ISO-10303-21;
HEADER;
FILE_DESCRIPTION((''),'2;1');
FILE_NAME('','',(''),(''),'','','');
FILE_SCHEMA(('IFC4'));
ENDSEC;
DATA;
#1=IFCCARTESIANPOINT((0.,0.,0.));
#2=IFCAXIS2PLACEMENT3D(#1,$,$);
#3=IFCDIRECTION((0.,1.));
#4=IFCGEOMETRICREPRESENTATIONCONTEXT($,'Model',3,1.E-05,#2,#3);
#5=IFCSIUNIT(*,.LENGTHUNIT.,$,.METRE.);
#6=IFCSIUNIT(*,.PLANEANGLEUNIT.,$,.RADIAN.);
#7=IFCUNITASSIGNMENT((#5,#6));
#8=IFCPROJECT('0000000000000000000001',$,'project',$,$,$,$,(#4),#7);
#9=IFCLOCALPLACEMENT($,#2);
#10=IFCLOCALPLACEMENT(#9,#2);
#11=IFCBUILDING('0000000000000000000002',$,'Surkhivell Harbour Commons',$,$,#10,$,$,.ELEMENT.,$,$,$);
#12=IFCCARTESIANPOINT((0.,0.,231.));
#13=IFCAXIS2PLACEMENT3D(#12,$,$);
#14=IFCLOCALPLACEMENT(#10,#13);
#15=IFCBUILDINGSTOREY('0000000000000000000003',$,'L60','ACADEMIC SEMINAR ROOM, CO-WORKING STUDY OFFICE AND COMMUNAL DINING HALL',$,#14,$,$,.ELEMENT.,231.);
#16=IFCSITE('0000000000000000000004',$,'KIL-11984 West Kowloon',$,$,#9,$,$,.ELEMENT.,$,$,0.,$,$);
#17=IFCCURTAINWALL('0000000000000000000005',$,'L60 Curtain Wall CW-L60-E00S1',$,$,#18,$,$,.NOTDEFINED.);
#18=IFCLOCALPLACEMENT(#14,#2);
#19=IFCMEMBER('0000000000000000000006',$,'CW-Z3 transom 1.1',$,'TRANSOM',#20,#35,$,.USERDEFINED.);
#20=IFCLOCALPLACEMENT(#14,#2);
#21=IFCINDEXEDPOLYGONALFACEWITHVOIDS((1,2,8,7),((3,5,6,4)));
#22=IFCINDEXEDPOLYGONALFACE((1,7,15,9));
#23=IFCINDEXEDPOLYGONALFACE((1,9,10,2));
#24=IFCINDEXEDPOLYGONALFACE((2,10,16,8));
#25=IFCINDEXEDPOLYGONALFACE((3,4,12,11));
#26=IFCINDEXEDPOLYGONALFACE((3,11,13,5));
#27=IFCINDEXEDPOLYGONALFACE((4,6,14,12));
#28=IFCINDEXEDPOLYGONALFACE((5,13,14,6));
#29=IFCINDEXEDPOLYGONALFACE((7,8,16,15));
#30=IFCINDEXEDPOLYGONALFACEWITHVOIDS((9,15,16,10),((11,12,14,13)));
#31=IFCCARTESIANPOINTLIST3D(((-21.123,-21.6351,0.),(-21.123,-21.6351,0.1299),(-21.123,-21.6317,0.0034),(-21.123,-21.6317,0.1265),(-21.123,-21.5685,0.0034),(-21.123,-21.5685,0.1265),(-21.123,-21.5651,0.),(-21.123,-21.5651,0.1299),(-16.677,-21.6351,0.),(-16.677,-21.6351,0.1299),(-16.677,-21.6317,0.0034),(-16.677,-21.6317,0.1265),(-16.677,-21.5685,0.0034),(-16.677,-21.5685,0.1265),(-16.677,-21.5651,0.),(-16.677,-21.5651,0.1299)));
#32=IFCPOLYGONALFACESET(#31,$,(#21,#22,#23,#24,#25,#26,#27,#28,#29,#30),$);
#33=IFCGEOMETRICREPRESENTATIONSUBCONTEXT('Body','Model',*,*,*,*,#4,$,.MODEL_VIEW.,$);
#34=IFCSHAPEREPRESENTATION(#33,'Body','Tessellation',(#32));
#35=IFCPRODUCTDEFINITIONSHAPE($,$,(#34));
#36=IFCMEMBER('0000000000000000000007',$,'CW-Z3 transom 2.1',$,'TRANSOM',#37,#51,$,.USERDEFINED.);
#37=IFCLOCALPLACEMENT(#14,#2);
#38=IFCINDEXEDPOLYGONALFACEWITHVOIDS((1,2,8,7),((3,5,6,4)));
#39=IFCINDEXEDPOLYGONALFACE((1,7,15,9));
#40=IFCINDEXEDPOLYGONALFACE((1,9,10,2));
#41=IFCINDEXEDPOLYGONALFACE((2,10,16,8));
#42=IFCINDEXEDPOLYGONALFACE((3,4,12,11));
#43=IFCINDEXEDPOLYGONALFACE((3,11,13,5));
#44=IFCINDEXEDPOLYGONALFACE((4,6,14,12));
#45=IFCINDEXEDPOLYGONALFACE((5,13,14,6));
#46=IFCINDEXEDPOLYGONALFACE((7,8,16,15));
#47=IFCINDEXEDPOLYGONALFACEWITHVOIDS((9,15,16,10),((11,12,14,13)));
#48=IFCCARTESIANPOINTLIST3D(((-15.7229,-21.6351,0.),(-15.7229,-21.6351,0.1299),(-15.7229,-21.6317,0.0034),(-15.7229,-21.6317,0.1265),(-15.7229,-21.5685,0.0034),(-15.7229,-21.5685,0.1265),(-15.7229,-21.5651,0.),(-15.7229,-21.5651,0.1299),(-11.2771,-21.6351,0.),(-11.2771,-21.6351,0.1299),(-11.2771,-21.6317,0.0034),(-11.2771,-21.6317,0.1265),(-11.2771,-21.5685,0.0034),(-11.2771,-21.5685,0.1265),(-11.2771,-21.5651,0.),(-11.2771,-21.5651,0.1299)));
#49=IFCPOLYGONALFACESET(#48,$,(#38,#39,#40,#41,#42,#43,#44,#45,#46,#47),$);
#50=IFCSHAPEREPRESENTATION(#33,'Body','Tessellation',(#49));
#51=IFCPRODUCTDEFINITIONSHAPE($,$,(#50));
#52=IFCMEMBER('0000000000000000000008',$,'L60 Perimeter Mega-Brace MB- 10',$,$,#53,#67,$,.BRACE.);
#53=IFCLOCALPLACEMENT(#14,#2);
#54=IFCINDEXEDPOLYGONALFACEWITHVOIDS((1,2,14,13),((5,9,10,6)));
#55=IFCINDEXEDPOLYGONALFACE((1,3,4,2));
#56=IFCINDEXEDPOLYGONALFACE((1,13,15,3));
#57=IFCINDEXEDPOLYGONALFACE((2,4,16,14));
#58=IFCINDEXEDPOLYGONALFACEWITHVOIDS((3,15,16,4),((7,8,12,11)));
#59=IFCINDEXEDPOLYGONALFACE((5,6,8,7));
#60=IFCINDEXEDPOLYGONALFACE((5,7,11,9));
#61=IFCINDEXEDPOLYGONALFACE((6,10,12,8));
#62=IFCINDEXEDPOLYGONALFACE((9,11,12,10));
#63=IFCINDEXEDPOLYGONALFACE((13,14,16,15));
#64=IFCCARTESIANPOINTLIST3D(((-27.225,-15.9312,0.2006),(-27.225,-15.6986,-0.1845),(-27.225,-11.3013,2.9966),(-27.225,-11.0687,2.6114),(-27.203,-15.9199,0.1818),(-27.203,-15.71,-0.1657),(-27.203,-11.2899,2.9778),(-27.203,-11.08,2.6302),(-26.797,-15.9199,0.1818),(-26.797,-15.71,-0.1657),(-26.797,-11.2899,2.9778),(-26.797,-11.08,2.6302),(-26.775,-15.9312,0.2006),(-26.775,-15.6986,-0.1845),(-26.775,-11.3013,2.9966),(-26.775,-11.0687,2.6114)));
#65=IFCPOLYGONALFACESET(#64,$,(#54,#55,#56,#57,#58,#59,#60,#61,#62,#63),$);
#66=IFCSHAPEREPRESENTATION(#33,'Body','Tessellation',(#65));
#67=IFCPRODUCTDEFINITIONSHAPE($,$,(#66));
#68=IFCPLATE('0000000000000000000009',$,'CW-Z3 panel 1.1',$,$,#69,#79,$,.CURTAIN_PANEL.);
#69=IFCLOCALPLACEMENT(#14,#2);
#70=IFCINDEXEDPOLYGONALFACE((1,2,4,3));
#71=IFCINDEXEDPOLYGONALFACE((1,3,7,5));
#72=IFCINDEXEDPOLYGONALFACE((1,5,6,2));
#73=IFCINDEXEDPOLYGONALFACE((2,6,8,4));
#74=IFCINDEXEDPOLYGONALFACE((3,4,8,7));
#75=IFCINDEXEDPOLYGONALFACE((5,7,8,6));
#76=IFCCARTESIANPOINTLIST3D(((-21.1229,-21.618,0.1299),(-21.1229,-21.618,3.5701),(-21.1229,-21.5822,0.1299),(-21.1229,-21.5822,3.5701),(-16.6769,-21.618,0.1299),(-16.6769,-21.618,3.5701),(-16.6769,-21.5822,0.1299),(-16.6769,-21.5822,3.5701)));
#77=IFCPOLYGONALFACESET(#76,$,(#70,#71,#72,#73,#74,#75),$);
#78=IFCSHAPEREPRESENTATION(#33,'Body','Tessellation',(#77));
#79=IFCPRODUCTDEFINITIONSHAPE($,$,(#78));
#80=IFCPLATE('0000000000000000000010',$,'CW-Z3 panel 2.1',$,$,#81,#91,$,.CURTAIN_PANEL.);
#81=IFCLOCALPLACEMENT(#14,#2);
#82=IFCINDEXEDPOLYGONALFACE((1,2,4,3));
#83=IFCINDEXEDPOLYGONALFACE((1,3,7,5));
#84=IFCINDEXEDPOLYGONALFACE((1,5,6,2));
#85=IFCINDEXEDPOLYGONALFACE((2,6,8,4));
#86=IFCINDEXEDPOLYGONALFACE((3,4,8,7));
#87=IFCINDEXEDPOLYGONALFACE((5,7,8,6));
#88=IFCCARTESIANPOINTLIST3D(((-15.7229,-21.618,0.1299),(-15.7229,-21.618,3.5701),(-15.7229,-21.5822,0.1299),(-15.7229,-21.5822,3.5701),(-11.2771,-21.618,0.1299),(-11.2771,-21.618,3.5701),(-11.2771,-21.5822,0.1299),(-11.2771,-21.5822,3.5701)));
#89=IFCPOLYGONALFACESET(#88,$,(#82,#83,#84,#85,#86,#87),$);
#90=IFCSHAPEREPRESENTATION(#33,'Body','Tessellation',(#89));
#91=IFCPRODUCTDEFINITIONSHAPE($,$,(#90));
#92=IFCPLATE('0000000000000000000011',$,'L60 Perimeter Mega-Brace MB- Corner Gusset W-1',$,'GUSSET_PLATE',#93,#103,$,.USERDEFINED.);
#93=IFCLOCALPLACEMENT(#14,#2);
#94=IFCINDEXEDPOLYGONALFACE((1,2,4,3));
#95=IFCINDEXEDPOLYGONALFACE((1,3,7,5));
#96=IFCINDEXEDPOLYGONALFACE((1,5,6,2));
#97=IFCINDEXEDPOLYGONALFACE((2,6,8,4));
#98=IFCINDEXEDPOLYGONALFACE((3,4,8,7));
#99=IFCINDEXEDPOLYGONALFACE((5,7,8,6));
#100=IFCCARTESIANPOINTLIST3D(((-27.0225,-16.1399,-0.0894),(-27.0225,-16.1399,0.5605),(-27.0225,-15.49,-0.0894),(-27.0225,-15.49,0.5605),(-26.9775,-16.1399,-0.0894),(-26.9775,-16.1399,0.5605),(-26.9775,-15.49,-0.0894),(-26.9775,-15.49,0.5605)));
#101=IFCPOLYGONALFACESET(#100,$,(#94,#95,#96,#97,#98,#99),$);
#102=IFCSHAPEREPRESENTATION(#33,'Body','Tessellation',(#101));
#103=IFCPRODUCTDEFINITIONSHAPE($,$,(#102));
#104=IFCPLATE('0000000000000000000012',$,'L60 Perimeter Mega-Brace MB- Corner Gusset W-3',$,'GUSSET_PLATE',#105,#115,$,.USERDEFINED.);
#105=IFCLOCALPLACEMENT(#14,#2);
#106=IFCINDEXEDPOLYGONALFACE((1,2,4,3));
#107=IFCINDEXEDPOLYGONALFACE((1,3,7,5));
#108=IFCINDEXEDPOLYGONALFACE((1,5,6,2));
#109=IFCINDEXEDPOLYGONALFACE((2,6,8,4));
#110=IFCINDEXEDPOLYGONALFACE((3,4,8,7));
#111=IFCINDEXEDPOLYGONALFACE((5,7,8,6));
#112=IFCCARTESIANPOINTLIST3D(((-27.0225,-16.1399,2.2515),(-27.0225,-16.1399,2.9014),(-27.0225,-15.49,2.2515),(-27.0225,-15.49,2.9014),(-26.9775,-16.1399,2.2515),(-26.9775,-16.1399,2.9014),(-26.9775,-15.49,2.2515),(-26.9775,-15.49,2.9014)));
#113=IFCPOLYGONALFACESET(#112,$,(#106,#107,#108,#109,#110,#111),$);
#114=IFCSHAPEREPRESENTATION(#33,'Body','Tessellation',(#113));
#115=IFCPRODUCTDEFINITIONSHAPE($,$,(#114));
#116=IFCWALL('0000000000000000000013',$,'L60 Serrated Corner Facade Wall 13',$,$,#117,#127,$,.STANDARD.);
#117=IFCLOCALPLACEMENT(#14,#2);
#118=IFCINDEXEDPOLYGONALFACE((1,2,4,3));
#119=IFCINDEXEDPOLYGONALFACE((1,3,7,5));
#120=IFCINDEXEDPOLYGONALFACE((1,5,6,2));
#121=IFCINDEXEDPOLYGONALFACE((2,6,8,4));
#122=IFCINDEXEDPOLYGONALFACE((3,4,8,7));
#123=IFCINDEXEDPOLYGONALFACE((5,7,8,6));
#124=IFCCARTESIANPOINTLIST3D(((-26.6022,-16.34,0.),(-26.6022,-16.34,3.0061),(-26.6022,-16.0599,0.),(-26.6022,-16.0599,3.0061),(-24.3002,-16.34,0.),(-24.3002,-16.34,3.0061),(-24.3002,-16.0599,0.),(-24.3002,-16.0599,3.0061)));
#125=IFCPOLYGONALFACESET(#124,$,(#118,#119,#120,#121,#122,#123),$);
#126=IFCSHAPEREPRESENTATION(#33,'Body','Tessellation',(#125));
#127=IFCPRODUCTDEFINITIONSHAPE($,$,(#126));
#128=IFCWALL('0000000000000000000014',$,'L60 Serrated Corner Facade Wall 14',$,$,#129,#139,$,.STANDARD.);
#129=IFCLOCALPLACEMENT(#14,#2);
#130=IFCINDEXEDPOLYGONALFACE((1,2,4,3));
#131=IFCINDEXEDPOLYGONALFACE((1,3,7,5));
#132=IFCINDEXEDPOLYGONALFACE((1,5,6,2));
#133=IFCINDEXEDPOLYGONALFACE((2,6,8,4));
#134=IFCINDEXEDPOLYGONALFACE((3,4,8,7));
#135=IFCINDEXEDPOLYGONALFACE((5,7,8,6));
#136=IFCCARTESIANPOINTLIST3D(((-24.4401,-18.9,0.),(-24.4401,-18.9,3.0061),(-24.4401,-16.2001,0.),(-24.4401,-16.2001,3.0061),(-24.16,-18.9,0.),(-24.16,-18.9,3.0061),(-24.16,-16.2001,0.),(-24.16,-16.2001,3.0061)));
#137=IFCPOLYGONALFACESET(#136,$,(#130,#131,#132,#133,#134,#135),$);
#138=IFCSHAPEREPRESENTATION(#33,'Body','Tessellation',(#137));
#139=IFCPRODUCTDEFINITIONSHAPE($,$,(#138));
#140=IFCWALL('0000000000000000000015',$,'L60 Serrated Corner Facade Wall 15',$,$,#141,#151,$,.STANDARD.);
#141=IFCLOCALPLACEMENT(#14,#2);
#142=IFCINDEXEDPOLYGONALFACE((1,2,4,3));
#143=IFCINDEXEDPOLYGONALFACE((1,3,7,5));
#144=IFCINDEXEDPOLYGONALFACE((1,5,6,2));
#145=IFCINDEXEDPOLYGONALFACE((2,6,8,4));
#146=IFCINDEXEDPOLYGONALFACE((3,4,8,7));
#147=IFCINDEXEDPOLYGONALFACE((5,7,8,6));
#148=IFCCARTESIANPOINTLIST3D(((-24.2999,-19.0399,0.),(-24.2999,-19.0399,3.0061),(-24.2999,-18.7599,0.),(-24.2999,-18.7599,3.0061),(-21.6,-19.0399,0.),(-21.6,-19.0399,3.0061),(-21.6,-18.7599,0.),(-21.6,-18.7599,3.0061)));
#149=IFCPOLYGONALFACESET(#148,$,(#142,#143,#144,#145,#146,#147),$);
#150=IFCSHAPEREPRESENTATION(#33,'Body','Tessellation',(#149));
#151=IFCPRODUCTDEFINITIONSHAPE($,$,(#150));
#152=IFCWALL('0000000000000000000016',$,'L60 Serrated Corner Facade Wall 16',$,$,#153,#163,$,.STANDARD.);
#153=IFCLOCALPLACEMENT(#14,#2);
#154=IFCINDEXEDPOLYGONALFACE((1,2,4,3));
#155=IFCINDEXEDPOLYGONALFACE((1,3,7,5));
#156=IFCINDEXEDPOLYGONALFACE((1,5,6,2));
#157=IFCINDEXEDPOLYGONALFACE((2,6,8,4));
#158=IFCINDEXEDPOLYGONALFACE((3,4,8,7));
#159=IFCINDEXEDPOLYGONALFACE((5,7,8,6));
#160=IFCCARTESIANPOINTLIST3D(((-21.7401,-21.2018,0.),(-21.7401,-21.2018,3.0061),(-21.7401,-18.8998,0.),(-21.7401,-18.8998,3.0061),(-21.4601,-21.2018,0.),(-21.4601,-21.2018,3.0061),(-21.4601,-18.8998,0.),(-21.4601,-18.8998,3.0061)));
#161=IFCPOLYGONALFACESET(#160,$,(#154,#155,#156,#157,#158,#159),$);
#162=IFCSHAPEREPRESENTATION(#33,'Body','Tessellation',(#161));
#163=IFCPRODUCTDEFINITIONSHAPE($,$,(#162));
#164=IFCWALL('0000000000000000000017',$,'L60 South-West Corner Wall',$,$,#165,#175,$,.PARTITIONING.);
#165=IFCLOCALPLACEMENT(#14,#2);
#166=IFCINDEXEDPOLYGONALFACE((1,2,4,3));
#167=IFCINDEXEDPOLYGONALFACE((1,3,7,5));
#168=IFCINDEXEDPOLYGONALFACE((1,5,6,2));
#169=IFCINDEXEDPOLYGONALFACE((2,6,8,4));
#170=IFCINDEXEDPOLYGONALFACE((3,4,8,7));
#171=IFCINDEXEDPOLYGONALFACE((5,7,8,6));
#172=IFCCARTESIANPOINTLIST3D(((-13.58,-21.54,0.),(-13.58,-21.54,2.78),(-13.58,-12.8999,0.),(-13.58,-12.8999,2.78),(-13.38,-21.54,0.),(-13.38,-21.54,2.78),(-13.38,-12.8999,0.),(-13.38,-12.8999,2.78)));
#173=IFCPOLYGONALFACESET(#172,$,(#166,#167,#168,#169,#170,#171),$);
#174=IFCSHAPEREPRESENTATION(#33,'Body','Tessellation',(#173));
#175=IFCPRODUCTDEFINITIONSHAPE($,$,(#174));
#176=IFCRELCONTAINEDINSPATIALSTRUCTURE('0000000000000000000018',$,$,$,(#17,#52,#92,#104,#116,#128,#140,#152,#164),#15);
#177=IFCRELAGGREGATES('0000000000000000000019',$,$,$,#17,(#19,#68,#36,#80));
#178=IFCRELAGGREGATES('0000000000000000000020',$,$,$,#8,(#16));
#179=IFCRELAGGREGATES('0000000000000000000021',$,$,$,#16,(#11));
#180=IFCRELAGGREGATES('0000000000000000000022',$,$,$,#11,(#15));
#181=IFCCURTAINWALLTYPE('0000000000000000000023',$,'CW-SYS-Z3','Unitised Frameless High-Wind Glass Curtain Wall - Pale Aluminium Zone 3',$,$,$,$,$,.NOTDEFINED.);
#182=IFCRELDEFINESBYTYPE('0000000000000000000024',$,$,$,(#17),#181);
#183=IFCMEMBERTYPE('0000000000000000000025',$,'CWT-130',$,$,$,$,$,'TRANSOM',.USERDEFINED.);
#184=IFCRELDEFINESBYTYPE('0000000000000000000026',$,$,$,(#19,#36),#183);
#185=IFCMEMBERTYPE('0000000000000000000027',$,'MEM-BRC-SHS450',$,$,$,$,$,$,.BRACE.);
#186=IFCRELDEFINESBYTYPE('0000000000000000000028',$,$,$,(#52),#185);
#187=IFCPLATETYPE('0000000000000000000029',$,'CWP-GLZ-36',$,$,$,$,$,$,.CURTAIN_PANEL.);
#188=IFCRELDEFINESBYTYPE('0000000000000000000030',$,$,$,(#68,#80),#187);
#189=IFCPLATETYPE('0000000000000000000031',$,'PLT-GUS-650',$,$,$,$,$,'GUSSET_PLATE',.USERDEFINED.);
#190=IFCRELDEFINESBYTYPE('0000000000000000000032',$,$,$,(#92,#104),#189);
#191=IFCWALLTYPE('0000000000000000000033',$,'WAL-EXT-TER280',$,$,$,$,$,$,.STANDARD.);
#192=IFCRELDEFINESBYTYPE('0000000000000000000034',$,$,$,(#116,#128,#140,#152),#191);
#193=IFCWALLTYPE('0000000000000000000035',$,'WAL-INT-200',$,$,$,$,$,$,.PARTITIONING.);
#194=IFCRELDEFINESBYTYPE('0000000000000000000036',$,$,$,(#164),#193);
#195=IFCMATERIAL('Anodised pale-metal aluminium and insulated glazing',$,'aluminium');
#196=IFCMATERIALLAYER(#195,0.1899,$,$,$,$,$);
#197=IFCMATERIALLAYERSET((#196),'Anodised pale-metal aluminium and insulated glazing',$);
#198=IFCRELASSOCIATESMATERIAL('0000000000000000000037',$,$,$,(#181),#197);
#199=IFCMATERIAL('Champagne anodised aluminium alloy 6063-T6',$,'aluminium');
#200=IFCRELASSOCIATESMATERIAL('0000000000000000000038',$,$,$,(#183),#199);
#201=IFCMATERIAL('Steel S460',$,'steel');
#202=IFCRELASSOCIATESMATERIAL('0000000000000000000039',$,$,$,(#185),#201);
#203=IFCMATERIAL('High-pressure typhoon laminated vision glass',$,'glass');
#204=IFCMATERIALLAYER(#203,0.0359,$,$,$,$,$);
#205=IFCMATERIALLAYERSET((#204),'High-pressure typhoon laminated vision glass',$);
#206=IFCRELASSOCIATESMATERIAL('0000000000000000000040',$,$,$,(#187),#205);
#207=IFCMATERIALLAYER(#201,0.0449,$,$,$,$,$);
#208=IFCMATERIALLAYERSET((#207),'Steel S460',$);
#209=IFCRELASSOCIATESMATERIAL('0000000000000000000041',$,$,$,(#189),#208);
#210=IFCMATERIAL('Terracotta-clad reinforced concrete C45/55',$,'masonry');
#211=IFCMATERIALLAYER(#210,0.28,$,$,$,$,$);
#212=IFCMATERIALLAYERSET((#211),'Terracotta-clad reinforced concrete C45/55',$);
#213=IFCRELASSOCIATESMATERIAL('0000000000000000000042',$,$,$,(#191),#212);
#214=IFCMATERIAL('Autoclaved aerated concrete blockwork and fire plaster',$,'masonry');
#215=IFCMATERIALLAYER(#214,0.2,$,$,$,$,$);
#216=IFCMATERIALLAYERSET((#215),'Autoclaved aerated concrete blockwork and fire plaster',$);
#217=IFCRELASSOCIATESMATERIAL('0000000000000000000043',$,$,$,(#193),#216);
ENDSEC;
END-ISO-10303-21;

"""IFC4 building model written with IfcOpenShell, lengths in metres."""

from ifc_helpers import new_model, si_unit, direction, frame, frame_2d, origin, origin_2d, place, context, subcontext, project, spatial, rectangle, hollow_rectangle, extrude, material, layer, layer_set, material_profile, profile_set, type_object, element, aggregate, save


model = new_model("IFC4")

# Units and contexts
model_context = context("Model", 3, precision=1e-05, world=origin(), true_north=direction((0.0, 1.0)))
body_context = subcontext(model_context, "Body", "Model", "MODEL_VIEW")
ifc_project = project(units=[si_unit("LENGTHUNIT", "METRE"), si_unit("PLANEANGLEUNIT", "RADIAN")], contexts=[model_context])

# Site, building, storey
site_placement = place(None, origin())
site = spatial("IfcSite", under=ifc_project, at=site_placement, Name="KIL-11984 West Kowloon", CompositionType="ELEMENT", RefElevation=0.0)
building_placement = place(site_placement, origin())
building = spatial("IfcBuilding", under=site, at=building_placement, Name="Surkhivell Harbour Commons", CompositionType="ELEMENT")
storey_placement = place(building_placement, frame((0.0, 0.0, 231.0)))
storey = spatial("IfcBuildingStorey", under=building, at=storey_placement, Name="L60", Description="ACADEMIC SEMINAR ROOM, CO-WORKING STUDY OFFICE AND COMMUNAL DINING HALL", CompositionType="ELEMENT", Elevation=231.0)

# Curtain wall, members
ifc_material_1 = material(Name="Anodised pale-metal aluminium and insulated glazing", Category="aluminium")
ifc_layer_1 = layer(ifc_material_1, 0.1899)
ifc_layer_set_1 = layer_set([ifc_layer_1], Name="Anodised pale-metal aluminium and insulated glazing")
curtain_wall_type = type_object("IfcCurtainWallType", Name="CW-SYS-Z3", Description="Unitised Frameless High-Wind Glass Curtain Wall - Pale Aluminium Zone 3", PredefinedType="NOTDEFINED", material=ifc_layer_set_1)
curtain_wall_placement = place(storey_placement, origin())
curtain_wall = element("IfcCurtainWall", 1, at=curtain_wall_placement, inside=storey, type_object=curtain_wall_type, Name="L60 Curtain Wall CW-L60-E00S1", PredefinedType="NOTDEFINED")
ifc_material_2 = material(Name="Champagne anodised aluminium alloy 6063-T6", Category="aluminium")
ifc_material_profile_1 = material_profile(ifc_material_2, hollow_rectangle(XDim=0.0701, YDim=0.1299, WallThickness=0.0034, at=origin_2d()), Name="ALU-TRAN-70x130")
ifc_profile_set_1 = profile_set([ifc_material_profile_1], Name="Champagne anodised aluminium alloy 6063-T6")
member_type_1 = type_object("IfcMemberType", Name="CWT-130", ElementType="TRANSOM", PredefinedType="USERDEFINED", material=ifc_profile_set_1)
member_1_placement = place(storey_placement, frame((-21.123, -21.6001, 0.0649), z_axis=(1.0, 0.0, 0.0), x_axis=(0.0, 1.0, 0.0)))
member_1 = element("IfcMember", 2, at=member_1_placement, type_object=member_type_1, Name="CW-Z3 transom 1.1", ObjectType="TRANSOM", PredefinedType="USERDEFINED", context=body_context, shape_type="SweptSolid", body=[
    extrude(hollow_rectangle(XDim=0.0701, YDim=0.1299, WallThickness=0.0034, at=origin_2d()), origin(), (0.0, 0.0, 1.0), 4.446),
])
member_2_placement = place(storey_placement, frame((-15.7229, -21.6001, 0.0649), z_axis=(1.0, 0.0, 0.0), x_axis=(0.0, 1.0, 0.0)))
member_2 = element("IfcMember", 3, at=member_2_placement, type_object=member_type_1, Name="CW-Z3 transom 2.1", ObjectType="TRANSOM", PredefinedType="USERDEFINED", context=body_context, shape_type="SweptSolid", body=[
    extrude(hollow_rectangle(XDim=0.0701, YDim=0.1299, WallThickness=0.0034, at=origin_2d()), origin(), (0.0, 0.0, 1.0), 4.4458),
])

# Member
ifc_material_3 = material(Name="Steel S460", Category="steel")
ifc_material_profile_2 = material_profile(ifc_material_3, hollow_rectangle(XDim=0.45, YDim=0.45, WallThickness=0.022, at=origin_2d()), Name="SHS450x450x22")
ifc_profile_set_2 = profile_set([ifc_material_profile_2], Name="Steel S460")
member_type_2 = type_object("IfcMemberType", Name="MEM-BRC-SHS450", PredefinedType="BRACE", material=ifc_profile_set_2)
member_3_placement = place(storey_placement, frame((-27.0, -15.8149, 0.0081), z_axis=(0.0, 0.856024, 0.516937), x_axis=(-1.0, 0.0, 0.0)))
element("IfcMember", 4, at=member_3_placement, inside=storey, type_object=member_type_2, Name="L60 Perimeter Mega-Brace MB- 10", PredefinedType="BRACE", context=body_context, shape_type="SweptSolid", body=[
    extrude(hollow_rectangle(XDim=0.45, YDim=0.45, WallThickness=0.022, at=origin_2d()), origin(), (0.0, 0.0, 1.0), 5.4087),
])

# Plates
ifc_material_4 = material(Name="High-pressure typhoon laminated vision glass", Category="glass")
ifc_layer_2 = layer(ifc_material_4, 0.0359)
ifc_layer_set_2 = layer_set([ifc_layer_2], Name="High-pressure typhoon laminated vision glass")
plate_type_1 = type_object("IfcPlateType", Name="CWP-GLZ-36", PredefinedType="CURTAIN_PANEL", material=ifc_layer_set_2)
plate_1_placement = place(storey_placement, frame((-21.123, -21.6001, 0.1299), z_axis=(0.0, 0.0, 1.0), x_axis=(1.0, 0.0, 0.0)))
plate_1 = element("IfcPlate", 5, at=plate_1_placement, type_object=plate_type_1, Name="CW-Z3 panel 1.1", PredefinedType="CURTAIN_PANEL", context=body_context, shape_type="SweptSolid", body=[
    extrude(rectangle(XDim=4.446, YDim=0.0359, at=frame_2d((2.2231, 0.0))), origin(), (0.0, 0.0, 1.0), 3.4402),
])
plate_2_placement = place(storey_placement, frame((-15.7229, -21.6001, 0.1299), z_axis=(0.0, 0.0, 1.0), x_axis=(1.0, 0.0, 0.0)))
plate_2 = element("IfcPlate", 6, at=plate_2_placement, type_object=plate_type_1, Name="CW-Z3 panel 2.1", PredefinedType="CURTAIN_PANEL", context=body_context, shape_type="SweptSolid", body=[
    extrude(rectangle(XDim=4.4458, YDim=0.0359, at=frame_2d((2.2229, 0.0))), origin(), (0.0, 0.0, 1.0), 3.4402),
])
aggregate(curtain_wall, [member_1, plate_1, member_2, plate_2])

# Plates
ifc_layer_3 = layer(ifc_material_3, 0.0449)
ifc_layer_set_3 = layer_set([ifc_layer_3], Name="Steel S460")
plate_type_2 = type_object("IfcPlateType", Name="PLT-GUS-650", ElementType="GUSSET_PLATE", PredefinedType="USERDEFINED", material=ifc_layer_set_3)
for number, where, z_axis, x_axis, name in (
    (7, (-27.0, -15.8149, -0.0894), (0.0, 0.0, 1.0), (0.0, 1.0, 0.0), "L60 Perimeter Mega-Brace MB- Corner Gusset W-1"),
    (8, (-27.0, -15.8149, 2.2515), (0.0, 0.0, 1.0), (0.0, 1.0, 0.0), "L60 Perimeter Mega-Brace MB- Corner Gusset W-3"),
):
    element("IfcPlate", number, at=place(storey_placement, frame(where, z_axis=z_axis, x_axis=x_axis)), inside=storey, type_object=plate_type_2, Name=name, ObjectType="GUSSET_PLATE", PredefinedType="USERDEFINED", context=body_context, shape_type="SweptSolid", body=[
        extrude(rectangle(XDim=0.6499, YDim=0.0449, at=origin_2d()), origin(), (0.0, 0.0, 1.0), 0.6499),
    ])

# Walls
ifc_material_5 = material(Name="Terracotta-clad reinforced concrete C45/55", Category="masonry")
ifc_layer_4 = layer(ifc_material_5, 0.28)
ifc_layer_set_4 = layer_set([ifc_layer_4], Name="Terracotta-clad reinforced concrete C45/55")
wall_type_1 = type_object("IfcWallType", Name="WAL-EXT-TER280", PredefinedType="STANDARD", material=ifc_layer_set_4)
wall_1_placement = place(storey_placement, frame((-26.6021, -16.2, 0.0), z_axis=(0.0, 0.0, 1.0), x_axis=(1.0, 0.0, 0.0)))
element("IfcWall", 9, at=wall_1_placement, inside=storey, type_object=wall_type_1, Name="L60 Serrated Corner Facade Wall 13", PredefinedType="STANDARD", context=body_context, shape_type="SweptSolid", body=[
    extrude(rectangle(XDim=2.302, YDim=0.28, at=frame_2d((1.1509, 0.0))), origin(), (0.0, 0.0, 1.0), 3.0061),
])
for number, where, z_axis, x_axis, name in (
    (10, (-24.3, -16.2, 0.0), (0.0, 0.0, 1.0), (0.0, -1.0, 0.0), "L60 Serrated Corner Facade Wall 14"),
    (11, (-24.3, -18.8999, 0.0), (0.0, 0.0, 1.0), (1.0, 0.0, 0.0), "L60 Serrated Corner Facade Wall 15"),
):
    element("IfcWall", number, at=place(storey_placement, frame(where, z_axis=z_axis, x_axis=x_axis)), inside=storey, type_object=wall_type_1, Name=name, PredefinedType="STANDARD", context=body_context, shape_type="SweptSolid", body=[
        extrude(rectangle(XDim=2.7, YDim=0.28, at=frame_2d((1.3501, 0.0))), origin(), (0.0, 0.0, 1.0), 3.0061),
    ])
wall_2_placement = place(storey_placement, frame((-21.6001, -18.8999, 0.0), z_axis=(0.0, 0.0, 1.0), x_axis=(0.0, -1.0, 0.0)))
element("IfcWall", 12, at=wall_2_placement, inside=storey, type_object=wall_type_1, Name="L60 Serrated Corner Facade Wall 16", PredefinedType="STANDARD", context=body_context, shape_type="SweptSolid", body=[
    extrude(rectangle(XDim=2.302, YDim=0.28, at=frame_2d((1.1509, 0.0))), origin(), (0.0, 0.0, 1.0), 3.0061),
])
ifc_material_6 = material(Name="Autoclaved aerated concrete blockwork and fire plaster", Category="masonry")
ifc_layer_5 = layer(ifc_material_6, 0.2)
ifc_layer_set_5 = layer_set([ifc_layer_5], Name="Autoclaved aerated concrete blockwork and fire plaster")
wall_type_2 = type_object("IfcWallType", Name="WAL-INT-200", PredefinedType="PARTITIONING", material=ifc_layer_set_5)
wall_3_placement = place(storey_placement, frame((-13.48, -21.54, 0.0), z_axis=(0.0, 0.0, 1.0), x_axis=(0.0, 1.0, 0.0)))
element("IfcWall", 13, at=wall_3_placement, inside=storey, type_object=wall_type_2, Name="L60 South-West Corner Wall", PredefinedType="PARTITIONING", context=body_context, shape_type="SweptSolid", body=[
    extrude(rectangle(XDim=8.6401, YDim=0.2, at=frame_2d((4.3201, 0.0))), origin(), (0.0, 0.0, 1.0), 2.78),
])

save(model, "model.ifc")
